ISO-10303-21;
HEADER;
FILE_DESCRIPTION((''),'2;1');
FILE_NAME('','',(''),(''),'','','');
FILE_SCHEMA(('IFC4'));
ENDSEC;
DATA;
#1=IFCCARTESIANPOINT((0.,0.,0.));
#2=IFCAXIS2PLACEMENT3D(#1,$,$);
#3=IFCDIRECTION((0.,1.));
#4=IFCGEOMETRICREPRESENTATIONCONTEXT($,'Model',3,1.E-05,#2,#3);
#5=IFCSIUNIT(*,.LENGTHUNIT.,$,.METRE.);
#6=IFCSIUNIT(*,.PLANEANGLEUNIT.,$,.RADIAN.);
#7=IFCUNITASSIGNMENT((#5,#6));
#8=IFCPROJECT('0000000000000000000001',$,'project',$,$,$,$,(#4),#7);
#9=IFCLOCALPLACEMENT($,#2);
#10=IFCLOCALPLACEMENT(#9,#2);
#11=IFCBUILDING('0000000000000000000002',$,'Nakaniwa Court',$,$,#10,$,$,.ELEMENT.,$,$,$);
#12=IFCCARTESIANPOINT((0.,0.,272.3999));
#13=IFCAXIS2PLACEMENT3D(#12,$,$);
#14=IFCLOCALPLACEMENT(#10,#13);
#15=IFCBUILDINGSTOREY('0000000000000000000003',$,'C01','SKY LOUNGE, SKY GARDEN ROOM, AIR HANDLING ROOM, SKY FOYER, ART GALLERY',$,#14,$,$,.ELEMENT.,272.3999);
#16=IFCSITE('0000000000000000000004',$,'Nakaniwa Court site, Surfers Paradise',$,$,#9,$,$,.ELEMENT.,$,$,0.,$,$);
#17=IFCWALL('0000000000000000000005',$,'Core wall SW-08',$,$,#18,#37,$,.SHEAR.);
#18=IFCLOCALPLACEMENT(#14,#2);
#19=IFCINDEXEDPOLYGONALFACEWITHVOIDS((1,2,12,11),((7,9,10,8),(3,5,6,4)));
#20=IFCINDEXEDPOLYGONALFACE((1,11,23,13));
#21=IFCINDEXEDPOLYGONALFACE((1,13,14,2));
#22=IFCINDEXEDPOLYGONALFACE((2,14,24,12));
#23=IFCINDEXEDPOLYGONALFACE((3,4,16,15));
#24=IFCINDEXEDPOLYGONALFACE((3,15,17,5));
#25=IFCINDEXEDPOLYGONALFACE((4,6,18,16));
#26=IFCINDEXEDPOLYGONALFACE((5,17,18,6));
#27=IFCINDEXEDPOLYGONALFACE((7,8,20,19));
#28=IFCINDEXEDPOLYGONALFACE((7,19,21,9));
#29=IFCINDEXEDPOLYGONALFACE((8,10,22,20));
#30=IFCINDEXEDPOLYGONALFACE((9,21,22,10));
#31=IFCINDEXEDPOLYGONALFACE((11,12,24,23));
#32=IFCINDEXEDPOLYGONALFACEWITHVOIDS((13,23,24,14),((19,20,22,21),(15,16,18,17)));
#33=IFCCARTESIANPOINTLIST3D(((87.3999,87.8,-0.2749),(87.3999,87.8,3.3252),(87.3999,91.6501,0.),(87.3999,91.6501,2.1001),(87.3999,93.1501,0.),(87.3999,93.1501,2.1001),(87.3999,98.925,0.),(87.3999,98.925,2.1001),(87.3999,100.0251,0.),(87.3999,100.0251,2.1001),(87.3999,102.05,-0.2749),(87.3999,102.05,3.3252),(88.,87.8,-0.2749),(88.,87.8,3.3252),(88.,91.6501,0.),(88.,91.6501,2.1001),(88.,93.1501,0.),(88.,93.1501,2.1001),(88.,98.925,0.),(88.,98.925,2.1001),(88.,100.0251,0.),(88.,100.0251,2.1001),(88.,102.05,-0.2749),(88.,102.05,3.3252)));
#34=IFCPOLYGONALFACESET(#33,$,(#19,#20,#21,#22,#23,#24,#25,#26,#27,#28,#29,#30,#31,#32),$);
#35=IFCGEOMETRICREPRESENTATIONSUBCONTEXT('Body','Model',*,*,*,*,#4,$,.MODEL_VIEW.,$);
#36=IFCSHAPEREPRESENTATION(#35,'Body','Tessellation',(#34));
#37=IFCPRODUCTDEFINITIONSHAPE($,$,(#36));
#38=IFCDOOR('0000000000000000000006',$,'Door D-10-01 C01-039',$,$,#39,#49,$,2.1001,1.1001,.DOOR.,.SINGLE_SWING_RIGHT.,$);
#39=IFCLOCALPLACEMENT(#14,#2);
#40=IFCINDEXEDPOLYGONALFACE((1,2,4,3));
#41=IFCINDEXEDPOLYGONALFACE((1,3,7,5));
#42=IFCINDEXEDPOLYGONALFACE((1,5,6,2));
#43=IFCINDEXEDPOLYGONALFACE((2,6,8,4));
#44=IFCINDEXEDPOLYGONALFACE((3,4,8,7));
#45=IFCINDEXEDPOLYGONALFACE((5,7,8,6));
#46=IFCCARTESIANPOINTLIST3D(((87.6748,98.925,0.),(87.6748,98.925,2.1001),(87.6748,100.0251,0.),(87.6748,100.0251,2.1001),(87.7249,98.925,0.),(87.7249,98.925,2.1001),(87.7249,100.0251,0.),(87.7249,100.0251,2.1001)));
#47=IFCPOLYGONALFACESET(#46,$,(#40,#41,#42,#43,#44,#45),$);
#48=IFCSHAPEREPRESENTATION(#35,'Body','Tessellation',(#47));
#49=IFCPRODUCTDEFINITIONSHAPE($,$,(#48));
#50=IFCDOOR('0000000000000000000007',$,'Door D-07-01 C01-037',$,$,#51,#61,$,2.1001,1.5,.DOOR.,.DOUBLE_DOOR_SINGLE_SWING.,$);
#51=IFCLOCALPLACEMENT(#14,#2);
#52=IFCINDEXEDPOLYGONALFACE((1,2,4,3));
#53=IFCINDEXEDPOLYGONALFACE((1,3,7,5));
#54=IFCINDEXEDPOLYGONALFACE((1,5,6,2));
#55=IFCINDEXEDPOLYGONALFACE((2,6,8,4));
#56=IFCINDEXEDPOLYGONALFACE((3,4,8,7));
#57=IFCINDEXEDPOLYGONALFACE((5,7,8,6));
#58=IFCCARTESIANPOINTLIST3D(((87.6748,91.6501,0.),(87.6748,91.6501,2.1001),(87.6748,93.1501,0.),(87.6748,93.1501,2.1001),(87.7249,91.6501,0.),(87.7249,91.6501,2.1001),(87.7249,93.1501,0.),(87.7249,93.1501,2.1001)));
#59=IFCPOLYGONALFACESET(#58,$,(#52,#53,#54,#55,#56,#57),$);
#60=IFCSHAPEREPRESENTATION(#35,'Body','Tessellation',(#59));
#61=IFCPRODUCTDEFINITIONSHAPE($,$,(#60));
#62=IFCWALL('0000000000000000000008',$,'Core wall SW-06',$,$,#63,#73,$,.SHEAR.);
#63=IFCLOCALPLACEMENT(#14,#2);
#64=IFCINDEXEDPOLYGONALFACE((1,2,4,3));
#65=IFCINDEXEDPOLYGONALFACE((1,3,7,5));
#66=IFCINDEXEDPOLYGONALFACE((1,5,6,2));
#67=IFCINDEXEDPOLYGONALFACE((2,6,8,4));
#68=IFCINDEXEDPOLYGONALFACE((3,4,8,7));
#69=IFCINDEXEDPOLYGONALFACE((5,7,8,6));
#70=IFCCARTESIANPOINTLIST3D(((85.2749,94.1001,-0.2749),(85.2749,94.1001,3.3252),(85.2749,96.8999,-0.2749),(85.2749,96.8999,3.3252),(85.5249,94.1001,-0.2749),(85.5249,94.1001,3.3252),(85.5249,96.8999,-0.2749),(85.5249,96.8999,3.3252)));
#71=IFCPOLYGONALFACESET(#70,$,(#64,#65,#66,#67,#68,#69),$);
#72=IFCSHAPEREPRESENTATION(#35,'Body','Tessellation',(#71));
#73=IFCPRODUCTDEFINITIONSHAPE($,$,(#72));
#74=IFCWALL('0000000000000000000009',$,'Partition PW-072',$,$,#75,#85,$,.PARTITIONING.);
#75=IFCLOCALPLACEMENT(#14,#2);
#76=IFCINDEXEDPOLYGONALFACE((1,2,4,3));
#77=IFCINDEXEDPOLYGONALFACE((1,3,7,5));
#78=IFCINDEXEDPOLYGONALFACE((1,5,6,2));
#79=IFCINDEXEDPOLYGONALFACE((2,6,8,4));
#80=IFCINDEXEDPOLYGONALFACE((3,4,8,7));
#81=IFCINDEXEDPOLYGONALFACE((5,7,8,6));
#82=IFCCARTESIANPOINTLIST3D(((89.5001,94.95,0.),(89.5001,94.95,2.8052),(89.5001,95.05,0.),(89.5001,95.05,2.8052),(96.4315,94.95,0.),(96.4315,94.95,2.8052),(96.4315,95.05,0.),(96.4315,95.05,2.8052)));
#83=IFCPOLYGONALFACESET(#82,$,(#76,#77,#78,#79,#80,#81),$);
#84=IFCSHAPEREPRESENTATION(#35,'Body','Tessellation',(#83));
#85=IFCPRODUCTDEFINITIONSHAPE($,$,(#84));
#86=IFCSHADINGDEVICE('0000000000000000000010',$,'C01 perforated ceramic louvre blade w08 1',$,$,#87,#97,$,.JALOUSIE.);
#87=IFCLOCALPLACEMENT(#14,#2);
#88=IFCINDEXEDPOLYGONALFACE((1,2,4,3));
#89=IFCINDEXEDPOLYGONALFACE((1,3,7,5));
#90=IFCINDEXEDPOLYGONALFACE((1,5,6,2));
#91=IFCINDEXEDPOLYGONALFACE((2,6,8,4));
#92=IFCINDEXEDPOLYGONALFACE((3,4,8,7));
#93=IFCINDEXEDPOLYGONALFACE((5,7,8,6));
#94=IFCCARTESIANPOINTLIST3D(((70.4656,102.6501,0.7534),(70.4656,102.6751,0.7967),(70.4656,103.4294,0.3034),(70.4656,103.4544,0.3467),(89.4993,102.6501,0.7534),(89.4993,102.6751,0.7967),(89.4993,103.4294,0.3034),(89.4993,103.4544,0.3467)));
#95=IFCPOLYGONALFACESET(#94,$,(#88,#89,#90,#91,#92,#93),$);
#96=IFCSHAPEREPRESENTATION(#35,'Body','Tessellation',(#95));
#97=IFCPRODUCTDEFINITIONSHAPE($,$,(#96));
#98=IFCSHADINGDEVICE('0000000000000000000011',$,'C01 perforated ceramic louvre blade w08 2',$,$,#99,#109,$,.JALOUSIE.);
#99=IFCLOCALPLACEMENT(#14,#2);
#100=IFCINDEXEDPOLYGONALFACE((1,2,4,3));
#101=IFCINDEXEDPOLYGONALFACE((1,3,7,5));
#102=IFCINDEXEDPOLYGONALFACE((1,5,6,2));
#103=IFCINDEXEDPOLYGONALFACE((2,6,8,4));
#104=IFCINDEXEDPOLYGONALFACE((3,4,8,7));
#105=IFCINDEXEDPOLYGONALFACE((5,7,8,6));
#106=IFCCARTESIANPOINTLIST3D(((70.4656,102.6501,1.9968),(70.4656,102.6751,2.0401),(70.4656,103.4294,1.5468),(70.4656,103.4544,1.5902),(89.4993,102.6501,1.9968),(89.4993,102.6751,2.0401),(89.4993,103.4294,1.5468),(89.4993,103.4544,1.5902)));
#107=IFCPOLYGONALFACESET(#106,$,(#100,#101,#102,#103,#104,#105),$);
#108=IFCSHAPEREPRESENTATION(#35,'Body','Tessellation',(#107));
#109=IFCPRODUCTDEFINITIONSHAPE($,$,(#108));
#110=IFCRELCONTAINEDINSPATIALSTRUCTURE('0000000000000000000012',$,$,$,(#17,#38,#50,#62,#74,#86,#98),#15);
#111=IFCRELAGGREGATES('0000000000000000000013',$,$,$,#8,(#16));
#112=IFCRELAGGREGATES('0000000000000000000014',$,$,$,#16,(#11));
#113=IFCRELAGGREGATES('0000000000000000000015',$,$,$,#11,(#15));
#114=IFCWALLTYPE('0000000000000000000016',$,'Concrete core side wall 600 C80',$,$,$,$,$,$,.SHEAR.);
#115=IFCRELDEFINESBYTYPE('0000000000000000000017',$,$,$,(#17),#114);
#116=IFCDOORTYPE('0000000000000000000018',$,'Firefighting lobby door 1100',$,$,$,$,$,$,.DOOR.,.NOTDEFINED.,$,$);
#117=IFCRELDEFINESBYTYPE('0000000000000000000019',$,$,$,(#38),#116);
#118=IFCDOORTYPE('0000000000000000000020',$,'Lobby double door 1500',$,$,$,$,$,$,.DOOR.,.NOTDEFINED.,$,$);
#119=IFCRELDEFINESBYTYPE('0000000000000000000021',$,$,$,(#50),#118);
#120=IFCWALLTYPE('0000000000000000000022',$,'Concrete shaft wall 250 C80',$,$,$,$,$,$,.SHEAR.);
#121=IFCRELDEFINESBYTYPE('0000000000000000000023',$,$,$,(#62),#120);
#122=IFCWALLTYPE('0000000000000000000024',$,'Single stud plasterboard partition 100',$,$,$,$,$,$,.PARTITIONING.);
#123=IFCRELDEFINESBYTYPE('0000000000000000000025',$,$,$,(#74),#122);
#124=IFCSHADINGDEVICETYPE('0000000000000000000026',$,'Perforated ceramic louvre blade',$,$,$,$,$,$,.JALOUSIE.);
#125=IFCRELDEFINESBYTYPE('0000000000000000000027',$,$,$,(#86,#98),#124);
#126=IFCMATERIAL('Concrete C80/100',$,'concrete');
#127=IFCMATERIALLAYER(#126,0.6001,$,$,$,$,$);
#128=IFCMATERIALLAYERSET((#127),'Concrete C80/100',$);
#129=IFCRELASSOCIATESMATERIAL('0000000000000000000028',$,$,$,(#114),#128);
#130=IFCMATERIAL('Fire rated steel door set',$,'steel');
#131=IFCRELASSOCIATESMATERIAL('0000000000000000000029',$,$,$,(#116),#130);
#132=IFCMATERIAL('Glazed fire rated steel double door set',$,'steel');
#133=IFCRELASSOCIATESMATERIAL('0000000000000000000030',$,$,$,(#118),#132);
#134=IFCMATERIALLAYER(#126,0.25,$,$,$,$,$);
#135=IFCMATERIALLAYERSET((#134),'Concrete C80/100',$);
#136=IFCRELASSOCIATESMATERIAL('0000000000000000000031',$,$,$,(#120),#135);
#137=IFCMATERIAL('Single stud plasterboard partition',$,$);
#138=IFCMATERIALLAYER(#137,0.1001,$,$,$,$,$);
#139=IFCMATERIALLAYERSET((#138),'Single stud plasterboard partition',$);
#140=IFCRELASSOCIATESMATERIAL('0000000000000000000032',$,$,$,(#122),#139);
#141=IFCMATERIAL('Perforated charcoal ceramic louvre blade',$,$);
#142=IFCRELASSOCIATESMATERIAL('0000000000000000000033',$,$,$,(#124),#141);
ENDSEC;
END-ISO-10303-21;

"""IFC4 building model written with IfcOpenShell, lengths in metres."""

from ifc_helpers import new_model, si_unit, direction, frame, frame_2d, origin, origin_2d, place, context, subcontext, project, spatial, rectangle, extrude, material, layer, layer_set, material_profile, profile_set, type_object, element, fill, save


model = new_model("IFC4")

# Units and contexts
model_context = context("Model", 3, precision=1e-05, world=origin(), true_north=direction((0.0, 1.0)))
body_context = subcontext(model_context, "Body", "Model", "MODEL_VIEW")
ifc_project = project(units=[si_unit("LENGTHUNIT", "METRE"), si_unit("PLANEANGLEUNIT", "RADIAN")], contexts=[model_context])

# Site, building, storey
site_placement = place(None, origin())
site = spatial("IfcSite", under=ifc_project, at=site_placement, Name="Nakaniwa Court site, Surfers Paradise", CompositionType="ELEMENT", RefElevation=0.0)
building_placement = place(site_placement, origin())
building = spatial("IfcBuilding", under=site, at=building_placement, Name="Nakaniwa Court", CompositionType="ELEMENT")
storey_placement = place(building_placement, frame((0.0, 0.0, 272.3999)))
storey = spatial("IfcBuildingStorey", under=building, at=storey_placement, Name="C01", Description="SKY LOUNGE, SKY GARDEN ROOM, AIR HANDLING ROOM, SKY FOYER, ART GALLERY", CompositionType="ELEMENT", Elevation=272.3999)

# Shared definitions
ifc_material_1 = material(Name="Concrete C80/100", Category="concrete")

# Wall, openings, doors
ifc_layer_1 = layer(ifc_material_1, 0.6001)
ifc_layer_set_1 = layer_set([ifc_layer_1], Name="Concrete C80/100")
wall_type_1 = type_object("IfcWallType", Name="Concrete core side wall 600 C80", PredefinedType="SHEAR", material=ifc_layer_set_1)
wall_1_placement = place(storey_placement, frame((87.7, 102.05, -0.2749), z_axis=(0.0, 0.0, 1.0), x_axis=(0.0, -1.0, 0.0)))
wall_1 = element("IfcWall", 1, at=wall_1_placement, inside=storey, type_object=wall_type_1, Name="Core wall SW-08", PredefinedType="SHEAR", context=body_context, shape_type="SweptSolid", body=[
    extrude(rectangle(XDim=14.25, YDim=0.6001, at=frame_2d((7.125, 0.0))), origin(), (0.0, 0.0, 1.0), 3.6001),
])
opening_1_placement = place(wall_1_placement, frame((8.8999, 0.0, 0.2749)))
opening_1 = element("IfcOpeningElement", 2, at=opening_1_placement, cuts=wall_1, PredefinedType="OPENING", context=body_context, shape_type="SweptSolid", body=[
    extrude(rectangle(XDim=1.5, YDim=2.1001, at=frame_2d((0.75, 1.05))), frame((0.0, 0.3101, 0.0), z_axis=(0.0, -1.0, 0.0), x_axis=(1.0, 0.0, 0.0)), (0.0, 0.0, 1.0), 0.6201),
])
opening_2_placement = place(wall_1_placement, frame((2.0249, 0.0, 0.2749)))
opening_2 = element("IfcOpeningElement", 3, at=opening_2_placement, cuts=wall_1, PredefinedType="OPENING", context=body_context, shape_type="SweptSolid", body=[
    extrude(rectangle(XDim=1.1001, YDim=2.1001, at=frame_2d((0.55, 1.05))), frame((0.0, 0.3101, 0.0), z_axis=(0.0, -1.0, 0.0), x_axis=(1.0, 0.0, 0.0)), (0.0, 0.0, 1.0), 0.6201),
])
ifc_material_2 = material(Name="Fire rated steel door set", Category="steel")
door_type_1 = type_object("IfcDoorType", Name="Firefighting lobby door 1100", OperationType="NOTDEFINED", PredefinedType="DOOR", material=ifc_material_2)
door_1_placement = place(opening_2_placement, origin())
door_1 = element("IfcDoor", 4, at=door_1_placement, inside=storey, type_object=door_type_1, Name="Door D-10-01 C01-039", OperationType="SINGLE_SWING_RIGHT", OverallHeight=2.1001, OverallWidth=1.1001, PredefinedType="DOOR", context=body_context, shape_type="SweptSolid", body=[
    extrude(rectangle(XDim=1.1001, YDim=2.1001, at=frame_2d((0.55, 1.05))), frame((0.0, 0.0249, 0.0), z_axis=(0.0, -1.0, 0.0), x_axis=(1.0, 0.0, 0.0)), (0.0, 0.0, 1.0), 0.05),
])
fill(opening_2, door_1)
ifc_material_3 = material(Name="Glazed fire rated steel double door set", Category="steel")
door_type_2 = type_object("IfcDoorType", Name="Lobby double door 1500", OperationType="NOTDEFINED", PredefinedType="DOOR", material=ifc_material_3)
door_2_placement = place(opening_1_placement, origin())
door_2 = element("IfcDoor", 5, at=door_2_placement, inside=storey, type_object=door_type_2, Name="Door D-07-01 C01-037", OperationType="DOUBLE_DOOR_SINGLE_SWING", OverallHeight=2.1001, OverallWidth=1.5, PredefinedType="DOOR", context=body_context, shape_type="SweptSolid", body=[
    extrude(rectangle(XDim=1.5, YDim=2.1001, at=frame_2d((0.75, 1.05))), frame((0.0, 0.0249, 0.0), z_axis=(0.0, -1.0, 0.0), x_axis=(1.0, 0.0, 0.0)), (0.0, 0.0, 1.0), 0.05),
])
fill(opening_1, door_2)

# Walls
ifc_layer_2 = layer(ifc_material_1, 0.25)
ifc_layer_set_2 = layer_set([ifc_layer_2], Name="Concrete C80/100")
wall_type_2 = type_object("IfcWallType", Name="Concrete shaft wall 250 C80", PredefinedType="SHEAR", material=ifc_layer_set_2)
wall_2_placement = place(storey_placement, frame((85.3999, 94.1001, -0.2749), z_axis=(0.0, 0.0, 1.0), x_axis=(0.0, 1.0, 0.0)))
element("IfcWall", 6, at=wall_2_placement, inside=storey, type_object=wall_type_2, Name="Core wall SW-06", PredefinedType="SHEAR", context=body_context, shape_type="SweptSolid", body=[
    extrude(rectangle(XDim=2.7998, YDim=0.25, at=frame_2d((1.3999, 0.0))), origin(), (0.0, 0.0, 1.0), 3.6001),
])
ifc_material_4 = material(Name="Single stud plasterboard partition")
ifc_layer_3 = layer(ifc_material_4, 0.1001)
ifc_layer_set_3 = layer_set([ifc_layer_3], Name="Single stud plasterboard partition")
wall_type_3 = type_object("IfcWallType", Name="Single stud plasterboard partition 100", PredefinedType="PARTITIONING", material=ifc_layer_set_3)
wall_3_placement = place(storey_placement, frame((89.5, 95.0, 0.0), z_axis=(0.0, 0.0, 1.0), x_axis=(1.0, 0.0, 0.0)))
element("IfcWall", 7, at=wall_3_placement, inside=storey, type_object=wall_type_3, Name="Partition PW-072", PredefinedType="PARTITIONING", context=body_context, shape_type="SweptSolid", body=[
    extrude(rectangle(XDim=6.9314, YDim=0.1001, at=frame_2d((3.4658, 0.0))), origin(), (0.0, 0.0, 1.0), 2.8052),
])

# Shading devices
ifc_material_5 = material(Name="Perforated charcoal ceramic louvre blade")
ifc_material_profile_1 = material_profile(ifc_material_5, rectangle(XDim=0.8999, YDim=0.05, at=origin_2d()), Name="Perforated ceramic louvre blade")
ifc_profile_set_1 = profile_set([ifc_material_profile_1], Name="Perforated charcoal ceramic louvre blade")
shading_device_type = type_object("IfcShadingDeviceType", Name="Perforated ceramic louvre blade", PredefinedType="JALOUSIE", material=ifc_profile_set_1)
for number, where, z_axis, x_axis, name in (
    (8, (89.4993, 103.0522, 0.55), (-1.0, 0.0, 0.0), (0.0, -0.866025, 0.5), "C01 perforated ceramic louvre blade w08 1"),
    (9, (89.4993, 103.0522, 1.7935), (-1.0, 0.0, 0.0), (0.0, -0.866025, 0.5), "C01 perforated ceramic louvre blade w08 2"),
):
    element("IfcShadingDevice", number, at=place(storey_placement, frame(where, z_axis=z_axis, x_axis=x_axis)), inside=storey, type_object=shading_device_type, Name=name, PredefinedType="JALOUSIE", context=body_context, shape_type="SweptSolid", body=[
        extrude(rectangle(XDim=0.8999, YDim=0.05, at=origin_2d()), origin(), (0.0, 0.0, 1.0), 19.0337),
    ])

save(model, "model.ifc")
